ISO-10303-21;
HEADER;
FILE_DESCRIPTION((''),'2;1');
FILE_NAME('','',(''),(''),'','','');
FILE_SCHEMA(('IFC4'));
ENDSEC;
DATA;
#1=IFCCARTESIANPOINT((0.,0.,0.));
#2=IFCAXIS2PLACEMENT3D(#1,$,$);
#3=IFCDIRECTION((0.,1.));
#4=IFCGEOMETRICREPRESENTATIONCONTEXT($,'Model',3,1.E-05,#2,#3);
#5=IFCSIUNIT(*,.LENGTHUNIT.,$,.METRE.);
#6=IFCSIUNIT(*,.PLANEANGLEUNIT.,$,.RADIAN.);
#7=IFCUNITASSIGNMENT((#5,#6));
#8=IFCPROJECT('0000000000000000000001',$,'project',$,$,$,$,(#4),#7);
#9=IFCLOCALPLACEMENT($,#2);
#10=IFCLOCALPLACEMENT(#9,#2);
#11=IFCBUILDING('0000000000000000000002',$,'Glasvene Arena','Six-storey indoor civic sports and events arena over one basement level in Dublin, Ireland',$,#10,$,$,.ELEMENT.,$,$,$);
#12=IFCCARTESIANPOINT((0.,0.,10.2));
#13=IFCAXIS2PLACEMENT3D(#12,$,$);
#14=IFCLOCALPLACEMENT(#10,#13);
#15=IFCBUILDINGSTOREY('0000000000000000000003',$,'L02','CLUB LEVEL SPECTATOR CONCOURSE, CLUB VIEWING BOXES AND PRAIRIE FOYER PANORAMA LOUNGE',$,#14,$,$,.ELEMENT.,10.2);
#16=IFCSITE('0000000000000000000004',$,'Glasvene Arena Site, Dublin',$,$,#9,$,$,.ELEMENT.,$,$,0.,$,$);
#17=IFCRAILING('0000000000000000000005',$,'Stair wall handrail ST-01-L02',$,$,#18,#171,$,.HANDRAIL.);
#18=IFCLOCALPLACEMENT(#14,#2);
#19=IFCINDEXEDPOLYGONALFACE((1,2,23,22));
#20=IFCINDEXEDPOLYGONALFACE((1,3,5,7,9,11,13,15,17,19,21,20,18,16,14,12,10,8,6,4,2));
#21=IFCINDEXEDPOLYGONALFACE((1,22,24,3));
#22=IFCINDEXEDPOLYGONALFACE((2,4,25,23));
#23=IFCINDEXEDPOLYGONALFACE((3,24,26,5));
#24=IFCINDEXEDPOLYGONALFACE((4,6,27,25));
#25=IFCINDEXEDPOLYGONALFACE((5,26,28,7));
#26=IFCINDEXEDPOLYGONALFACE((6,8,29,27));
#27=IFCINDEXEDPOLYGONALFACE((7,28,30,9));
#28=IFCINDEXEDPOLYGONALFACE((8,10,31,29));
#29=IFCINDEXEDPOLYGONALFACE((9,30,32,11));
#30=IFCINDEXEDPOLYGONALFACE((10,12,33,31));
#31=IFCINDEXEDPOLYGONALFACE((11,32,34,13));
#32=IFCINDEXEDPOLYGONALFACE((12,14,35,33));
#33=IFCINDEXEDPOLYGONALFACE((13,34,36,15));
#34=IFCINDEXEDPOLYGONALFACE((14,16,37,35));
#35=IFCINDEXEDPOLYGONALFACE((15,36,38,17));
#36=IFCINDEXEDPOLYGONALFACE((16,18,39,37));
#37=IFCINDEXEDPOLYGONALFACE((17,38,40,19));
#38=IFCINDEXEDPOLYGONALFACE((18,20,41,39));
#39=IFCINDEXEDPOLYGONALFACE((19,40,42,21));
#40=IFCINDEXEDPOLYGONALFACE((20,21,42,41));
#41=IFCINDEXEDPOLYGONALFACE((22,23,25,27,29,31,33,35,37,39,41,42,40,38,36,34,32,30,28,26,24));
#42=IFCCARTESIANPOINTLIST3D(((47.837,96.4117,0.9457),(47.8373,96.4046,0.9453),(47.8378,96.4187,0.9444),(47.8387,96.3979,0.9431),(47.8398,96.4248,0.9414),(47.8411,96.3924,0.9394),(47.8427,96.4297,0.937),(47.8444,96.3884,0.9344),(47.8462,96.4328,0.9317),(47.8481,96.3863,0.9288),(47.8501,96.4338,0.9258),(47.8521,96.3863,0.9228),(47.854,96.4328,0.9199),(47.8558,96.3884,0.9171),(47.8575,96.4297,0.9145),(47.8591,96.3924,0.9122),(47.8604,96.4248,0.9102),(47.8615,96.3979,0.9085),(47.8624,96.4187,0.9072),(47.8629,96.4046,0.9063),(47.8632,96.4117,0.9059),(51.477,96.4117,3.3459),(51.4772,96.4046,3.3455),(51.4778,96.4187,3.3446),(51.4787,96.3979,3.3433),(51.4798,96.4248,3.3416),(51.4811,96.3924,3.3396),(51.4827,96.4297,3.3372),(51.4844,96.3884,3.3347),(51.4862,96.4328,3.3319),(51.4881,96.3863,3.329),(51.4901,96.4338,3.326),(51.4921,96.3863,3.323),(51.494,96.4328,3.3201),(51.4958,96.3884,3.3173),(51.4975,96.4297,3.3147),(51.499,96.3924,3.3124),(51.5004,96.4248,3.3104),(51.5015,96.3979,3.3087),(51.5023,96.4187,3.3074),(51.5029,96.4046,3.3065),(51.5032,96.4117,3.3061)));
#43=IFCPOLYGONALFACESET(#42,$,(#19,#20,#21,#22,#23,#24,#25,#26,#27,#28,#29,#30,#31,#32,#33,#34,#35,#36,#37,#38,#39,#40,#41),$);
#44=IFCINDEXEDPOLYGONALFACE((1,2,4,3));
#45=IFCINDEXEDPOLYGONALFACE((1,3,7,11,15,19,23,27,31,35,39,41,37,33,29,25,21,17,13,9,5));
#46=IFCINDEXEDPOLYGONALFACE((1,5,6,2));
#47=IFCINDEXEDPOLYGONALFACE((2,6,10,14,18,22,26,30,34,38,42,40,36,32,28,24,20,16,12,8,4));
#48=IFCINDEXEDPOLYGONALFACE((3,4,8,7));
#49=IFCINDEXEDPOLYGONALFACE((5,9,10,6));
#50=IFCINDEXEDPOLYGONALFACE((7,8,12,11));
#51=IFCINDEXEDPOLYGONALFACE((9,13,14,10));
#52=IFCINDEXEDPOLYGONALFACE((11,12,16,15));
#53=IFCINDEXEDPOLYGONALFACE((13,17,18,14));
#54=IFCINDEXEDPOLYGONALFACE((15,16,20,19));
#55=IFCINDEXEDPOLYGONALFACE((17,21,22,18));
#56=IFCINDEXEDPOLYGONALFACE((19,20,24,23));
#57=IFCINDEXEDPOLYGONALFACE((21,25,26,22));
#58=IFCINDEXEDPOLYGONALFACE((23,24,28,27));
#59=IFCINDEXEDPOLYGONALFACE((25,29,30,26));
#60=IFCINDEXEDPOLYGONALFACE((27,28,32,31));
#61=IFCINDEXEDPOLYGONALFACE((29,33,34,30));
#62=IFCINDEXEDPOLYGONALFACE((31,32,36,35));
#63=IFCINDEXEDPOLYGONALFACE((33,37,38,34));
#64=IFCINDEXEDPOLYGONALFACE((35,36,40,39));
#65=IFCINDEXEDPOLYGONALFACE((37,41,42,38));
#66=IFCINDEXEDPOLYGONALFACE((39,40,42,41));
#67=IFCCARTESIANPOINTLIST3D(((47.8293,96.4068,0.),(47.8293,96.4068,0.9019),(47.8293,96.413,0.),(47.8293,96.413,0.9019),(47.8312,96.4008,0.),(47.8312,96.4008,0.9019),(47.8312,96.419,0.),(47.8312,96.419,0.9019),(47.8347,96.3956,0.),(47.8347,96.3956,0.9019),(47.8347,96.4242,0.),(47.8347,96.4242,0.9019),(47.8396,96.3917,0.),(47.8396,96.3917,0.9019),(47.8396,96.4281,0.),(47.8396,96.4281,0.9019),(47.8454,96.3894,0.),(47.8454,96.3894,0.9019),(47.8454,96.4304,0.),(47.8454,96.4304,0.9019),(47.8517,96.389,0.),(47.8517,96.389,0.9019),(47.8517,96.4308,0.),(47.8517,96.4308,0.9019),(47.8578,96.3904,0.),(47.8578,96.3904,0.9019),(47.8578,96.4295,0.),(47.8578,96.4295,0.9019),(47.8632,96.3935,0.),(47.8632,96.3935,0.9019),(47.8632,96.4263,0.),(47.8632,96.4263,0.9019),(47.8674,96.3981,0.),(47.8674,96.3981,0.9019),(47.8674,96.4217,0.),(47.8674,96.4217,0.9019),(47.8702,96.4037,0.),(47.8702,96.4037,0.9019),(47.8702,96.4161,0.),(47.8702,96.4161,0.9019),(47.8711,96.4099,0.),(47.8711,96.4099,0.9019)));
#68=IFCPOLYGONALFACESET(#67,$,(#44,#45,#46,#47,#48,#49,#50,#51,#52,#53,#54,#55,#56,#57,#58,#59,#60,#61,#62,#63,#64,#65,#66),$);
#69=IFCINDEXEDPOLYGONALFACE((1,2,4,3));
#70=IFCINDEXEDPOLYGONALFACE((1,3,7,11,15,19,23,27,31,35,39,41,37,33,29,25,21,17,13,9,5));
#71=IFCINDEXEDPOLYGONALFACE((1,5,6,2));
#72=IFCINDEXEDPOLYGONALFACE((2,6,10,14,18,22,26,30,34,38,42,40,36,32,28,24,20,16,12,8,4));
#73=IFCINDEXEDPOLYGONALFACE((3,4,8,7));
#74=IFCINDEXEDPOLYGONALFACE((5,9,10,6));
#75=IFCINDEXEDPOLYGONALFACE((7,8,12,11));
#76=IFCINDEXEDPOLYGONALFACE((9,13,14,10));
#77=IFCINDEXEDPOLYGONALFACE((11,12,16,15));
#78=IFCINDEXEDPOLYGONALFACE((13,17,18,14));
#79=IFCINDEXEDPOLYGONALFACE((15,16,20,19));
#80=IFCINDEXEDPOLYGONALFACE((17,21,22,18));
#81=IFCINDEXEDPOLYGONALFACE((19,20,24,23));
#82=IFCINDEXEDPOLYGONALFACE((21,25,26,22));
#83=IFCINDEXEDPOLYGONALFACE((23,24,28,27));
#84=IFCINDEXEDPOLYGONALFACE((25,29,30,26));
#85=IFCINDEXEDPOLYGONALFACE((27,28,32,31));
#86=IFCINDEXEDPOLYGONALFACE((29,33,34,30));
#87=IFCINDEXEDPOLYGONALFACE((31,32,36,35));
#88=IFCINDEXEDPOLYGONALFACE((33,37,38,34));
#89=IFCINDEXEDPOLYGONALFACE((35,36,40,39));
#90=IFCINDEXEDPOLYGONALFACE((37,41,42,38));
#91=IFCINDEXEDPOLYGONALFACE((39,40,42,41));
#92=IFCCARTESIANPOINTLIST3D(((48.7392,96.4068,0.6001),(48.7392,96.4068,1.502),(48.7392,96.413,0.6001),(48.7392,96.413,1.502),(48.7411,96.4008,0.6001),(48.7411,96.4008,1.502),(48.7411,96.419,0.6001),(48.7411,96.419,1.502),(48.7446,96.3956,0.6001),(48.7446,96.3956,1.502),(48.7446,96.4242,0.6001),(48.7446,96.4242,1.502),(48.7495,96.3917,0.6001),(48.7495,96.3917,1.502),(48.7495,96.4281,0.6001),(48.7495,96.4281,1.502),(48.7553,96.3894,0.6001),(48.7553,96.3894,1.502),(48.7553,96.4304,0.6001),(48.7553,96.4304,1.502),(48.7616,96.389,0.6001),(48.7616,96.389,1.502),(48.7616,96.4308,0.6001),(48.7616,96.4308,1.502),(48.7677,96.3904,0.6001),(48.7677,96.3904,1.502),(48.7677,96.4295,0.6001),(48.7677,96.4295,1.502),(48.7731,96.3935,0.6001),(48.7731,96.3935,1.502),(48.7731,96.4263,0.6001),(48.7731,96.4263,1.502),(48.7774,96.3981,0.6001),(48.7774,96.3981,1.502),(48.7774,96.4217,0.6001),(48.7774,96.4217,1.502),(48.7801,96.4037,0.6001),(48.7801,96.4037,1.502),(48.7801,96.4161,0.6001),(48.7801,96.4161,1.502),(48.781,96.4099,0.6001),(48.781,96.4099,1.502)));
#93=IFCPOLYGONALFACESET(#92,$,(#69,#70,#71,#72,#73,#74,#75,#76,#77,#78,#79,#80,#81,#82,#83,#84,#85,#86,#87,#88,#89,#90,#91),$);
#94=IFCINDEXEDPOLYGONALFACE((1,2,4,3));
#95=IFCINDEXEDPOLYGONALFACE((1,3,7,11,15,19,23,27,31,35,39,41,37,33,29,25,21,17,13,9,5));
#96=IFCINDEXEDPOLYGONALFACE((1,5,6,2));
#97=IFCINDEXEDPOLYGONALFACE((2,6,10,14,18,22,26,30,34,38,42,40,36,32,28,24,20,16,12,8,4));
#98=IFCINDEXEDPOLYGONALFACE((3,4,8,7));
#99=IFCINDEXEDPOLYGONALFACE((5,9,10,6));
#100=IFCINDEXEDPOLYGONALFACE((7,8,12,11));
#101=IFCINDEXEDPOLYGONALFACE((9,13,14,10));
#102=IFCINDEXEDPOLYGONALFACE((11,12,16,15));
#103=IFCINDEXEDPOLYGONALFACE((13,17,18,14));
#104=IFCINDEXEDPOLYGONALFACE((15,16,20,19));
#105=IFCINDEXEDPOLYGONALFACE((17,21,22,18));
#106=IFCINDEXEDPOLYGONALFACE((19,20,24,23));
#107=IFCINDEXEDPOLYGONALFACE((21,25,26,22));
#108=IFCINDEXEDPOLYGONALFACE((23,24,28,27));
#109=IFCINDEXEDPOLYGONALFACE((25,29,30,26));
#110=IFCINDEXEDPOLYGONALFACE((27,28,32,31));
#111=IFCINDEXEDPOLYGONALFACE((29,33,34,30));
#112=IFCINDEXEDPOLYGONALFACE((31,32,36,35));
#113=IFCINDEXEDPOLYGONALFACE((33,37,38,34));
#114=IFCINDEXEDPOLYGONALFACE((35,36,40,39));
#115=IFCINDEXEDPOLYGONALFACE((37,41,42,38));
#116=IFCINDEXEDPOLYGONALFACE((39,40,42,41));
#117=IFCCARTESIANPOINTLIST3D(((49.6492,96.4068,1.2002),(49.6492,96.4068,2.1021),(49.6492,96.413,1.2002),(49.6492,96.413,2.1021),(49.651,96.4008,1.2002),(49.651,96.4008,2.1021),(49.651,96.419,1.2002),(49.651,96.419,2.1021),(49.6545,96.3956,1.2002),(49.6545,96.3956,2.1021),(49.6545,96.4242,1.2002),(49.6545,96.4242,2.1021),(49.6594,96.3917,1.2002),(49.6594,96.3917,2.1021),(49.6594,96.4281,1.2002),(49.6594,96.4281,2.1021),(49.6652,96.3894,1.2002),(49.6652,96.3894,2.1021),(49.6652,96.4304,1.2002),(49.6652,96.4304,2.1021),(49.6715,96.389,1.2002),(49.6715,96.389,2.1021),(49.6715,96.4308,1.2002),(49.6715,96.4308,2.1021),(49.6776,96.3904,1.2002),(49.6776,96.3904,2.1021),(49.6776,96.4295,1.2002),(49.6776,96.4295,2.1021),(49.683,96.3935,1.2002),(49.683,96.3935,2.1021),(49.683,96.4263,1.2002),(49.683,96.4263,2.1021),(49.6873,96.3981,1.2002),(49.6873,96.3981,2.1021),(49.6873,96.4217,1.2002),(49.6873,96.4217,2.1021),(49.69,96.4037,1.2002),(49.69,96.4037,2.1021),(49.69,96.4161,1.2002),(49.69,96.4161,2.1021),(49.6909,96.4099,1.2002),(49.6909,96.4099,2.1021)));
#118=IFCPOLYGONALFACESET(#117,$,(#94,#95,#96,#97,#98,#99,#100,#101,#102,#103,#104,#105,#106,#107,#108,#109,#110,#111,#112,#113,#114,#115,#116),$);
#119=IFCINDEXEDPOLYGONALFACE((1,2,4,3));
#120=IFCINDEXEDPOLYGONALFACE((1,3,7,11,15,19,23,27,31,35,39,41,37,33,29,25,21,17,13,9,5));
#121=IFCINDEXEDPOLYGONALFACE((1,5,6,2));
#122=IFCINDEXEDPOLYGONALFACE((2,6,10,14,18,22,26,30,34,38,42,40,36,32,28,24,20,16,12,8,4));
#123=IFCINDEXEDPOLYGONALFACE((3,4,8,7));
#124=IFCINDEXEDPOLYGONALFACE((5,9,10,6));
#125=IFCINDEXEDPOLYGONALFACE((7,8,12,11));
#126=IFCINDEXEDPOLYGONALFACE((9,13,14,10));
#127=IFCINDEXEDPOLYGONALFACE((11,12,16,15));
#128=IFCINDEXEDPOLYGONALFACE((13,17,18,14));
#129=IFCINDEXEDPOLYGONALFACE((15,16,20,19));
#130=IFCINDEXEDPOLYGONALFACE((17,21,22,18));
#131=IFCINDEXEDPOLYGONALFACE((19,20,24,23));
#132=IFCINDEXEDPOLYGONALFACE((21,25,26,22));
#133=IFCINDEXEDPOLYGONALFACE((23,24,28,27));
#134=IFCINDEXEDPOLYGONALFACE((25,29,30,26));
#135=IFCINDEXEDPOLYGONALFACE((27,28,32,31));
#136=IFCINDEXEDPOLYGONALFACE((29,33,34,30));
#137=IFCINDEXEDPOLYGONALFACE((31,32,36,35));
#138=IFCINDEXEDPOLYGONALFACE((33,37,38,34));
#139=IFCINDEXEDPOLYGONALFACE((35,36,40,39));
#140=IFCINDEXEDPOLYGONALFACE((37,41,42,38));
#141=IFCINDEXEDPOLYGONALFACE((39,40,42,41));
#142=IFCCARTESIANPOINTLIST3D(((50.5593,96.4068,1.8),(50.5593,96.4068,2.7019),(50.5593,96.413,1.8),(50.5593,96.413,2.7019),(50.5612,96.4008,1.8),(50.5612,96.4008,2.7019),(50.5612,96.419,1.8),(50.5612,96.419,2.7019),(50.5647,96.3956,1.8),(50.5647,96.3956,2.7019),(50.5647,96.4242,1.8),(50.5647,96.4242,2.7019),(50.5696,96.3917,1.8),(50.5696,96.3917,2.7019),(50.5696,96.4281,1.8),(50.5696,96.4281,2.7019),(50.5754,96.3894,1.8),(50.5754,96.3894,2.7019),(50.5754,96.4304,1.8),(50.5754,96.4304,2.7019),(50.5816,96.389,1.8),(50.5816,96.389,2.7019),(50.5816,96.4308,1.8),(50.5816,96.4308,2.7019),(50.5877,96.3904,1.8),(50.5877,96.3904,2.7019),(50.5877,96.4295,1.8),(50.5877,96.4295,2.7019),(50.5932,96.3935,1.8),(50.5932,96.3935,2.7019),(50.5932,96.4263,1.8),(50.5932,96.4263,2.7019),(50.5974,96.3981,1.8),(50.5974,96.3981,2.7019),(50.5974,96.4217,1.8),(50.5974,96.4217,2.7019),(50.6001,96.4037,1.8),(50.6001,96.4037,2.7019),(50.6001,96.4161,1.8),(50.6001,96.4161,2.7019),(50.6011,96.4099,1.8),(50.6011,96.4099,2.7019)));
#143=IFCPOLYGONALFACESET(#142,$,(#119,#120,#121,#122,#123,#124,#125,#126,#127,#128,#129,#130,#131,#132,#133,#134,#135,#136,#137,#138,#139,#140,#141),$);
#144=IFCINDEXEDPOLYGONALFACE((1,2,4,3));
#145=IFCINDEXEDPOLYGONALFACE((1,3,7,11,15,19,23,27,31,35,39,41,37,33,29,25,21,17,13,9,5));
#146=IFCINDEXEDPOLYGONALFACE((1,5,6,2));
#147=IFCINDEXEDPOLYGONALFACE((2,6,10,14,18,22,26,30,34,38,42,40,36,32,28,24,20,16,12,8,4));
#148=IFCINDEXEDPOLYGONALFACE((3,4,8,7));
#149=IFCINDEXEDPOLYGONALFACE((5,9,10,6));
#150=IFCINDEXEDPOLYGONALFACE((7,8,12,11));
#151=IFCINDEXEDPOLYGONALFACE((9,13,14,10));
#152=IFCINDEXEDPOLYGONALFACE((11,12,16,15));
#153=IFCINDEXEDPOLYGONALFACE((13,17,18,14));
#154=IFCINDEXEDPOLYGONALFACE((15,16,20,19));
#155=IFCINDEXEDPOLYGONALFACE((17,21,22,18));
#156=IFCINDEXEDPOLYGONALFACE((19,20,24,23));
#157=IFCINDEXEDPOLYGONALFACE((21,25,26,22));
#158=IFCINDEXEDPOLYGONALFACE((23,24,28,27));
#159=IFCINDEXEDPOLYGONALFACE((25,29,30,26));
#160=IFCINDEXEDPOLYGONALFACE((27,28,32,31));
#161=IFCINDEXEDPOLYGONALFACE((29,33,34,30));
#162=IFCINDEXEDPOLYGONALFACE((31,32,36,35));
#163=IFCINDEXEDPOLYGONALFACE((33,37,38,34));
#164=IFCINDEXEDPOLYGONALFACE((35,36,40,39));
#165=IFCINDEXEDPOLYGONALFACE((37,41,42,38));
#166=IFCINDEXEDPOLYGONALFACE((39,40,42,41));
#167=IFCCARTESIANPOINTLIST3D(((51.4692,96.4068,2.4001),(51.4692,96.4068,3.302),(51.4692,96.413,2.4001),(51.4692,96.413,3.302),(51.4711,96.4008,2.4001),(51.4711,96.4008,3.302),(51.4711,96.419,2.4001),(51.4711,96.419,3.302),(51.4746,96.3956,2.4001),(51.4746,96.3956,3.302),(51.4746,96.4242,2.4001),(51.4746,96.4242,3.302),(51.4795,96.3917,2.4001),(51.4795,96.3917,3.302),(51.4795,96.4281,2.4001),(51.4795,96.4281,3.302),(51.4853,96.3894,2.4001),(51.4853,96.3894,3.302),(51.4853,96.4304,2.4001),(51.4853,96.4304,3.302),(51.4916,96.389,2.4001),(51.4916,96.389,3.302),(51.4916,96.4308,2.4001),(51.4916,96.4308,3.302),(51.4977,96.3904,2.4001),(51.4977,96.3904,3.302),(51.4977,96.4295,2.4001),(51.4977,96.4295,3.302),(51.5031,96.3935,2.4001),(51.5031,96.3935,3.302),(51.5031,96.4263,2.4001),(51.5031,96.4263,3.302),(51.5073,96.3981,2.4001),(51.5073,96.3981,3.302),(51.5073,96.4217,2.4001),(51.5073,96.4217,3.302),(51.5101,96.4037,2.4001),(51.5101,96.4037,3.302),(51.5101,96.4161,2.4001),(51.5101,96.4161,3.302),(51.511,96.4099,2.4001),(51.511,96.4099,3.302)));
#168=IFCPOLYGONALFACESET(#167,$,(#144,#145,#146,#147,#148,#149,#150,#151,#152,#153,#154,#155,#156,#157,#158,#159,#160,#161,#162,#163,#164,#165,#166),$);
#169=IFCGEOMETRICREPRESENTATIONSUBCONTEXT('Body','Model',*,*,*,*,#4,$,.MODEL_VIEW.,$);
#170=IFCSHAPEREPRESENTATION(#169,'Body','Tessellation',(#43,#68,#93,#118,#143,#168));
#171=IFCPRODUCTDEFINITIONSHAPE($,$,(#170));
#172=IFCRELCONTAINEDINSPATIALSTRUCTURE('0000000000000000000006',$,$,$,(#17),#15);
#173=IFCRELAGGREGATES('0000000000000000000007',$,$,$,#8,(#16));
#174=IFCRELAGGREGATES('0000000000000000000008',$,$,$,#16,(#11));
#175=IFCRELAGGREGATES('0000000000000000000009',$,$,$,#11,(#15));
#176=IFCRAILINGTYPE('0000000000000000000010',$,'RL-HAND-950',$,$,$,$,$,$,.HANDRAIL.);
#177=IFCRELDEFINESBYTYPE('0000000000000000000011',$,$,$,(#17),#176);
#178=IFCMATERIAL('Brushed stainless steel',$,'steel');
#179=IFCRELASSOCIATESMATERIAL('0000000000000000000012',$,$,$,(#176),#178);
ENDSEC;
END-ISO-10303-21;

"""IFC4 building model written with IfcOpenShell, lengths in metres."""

from ifc_helpers import new_model, si_unit, direction, frame, origin, origin_2d, place, context, subcontext, project, spatial, circle, extrude, material, type_object, element, save


model = new_model("IFC4")

# Units and contexts
model_context = context("Model", 3, precision=1e-05, world=origin(), true_north=direction((0.0, 1.0)))
body_context = subcontext(model_context, "Body", "Model", "MODEL_VIEW")
ifc_project = project(units=[si_unit("LENGTHUNIT", "METRE"), si_unit("PLANEANGLEUNIT", "RADIAN")], contexts=[model_context])

# Site, building, storey
site_placement = place(None, origin())
site = spatial("IfcSite", under=ifc_project, at=site_placement, Name="Glasvene Arena Site, Dublin", CompositionType="ELEMENT", RefElevation=0.0)
building_placement = place(site_placement, origin())
building = spatial("IfcBuilding", under=site, at=building_placement, Name="Glasvene Arena", Description="Six-storey indoor civic sports and events arena over one basement level in Dublin, Ireland", CompositionType="ELEMENT")
storey_placement = place(building_placement, frame((0.0, 0.0, 10.2)))
storey = spatial("IfcBuildingStorey", under=building, at=storey_placement, Name="L02", Description="CLUB LEVEL SPECTATOR CONCOURSE, CLUB VIEWING BOXES AND PRAIRIE FOYER PANORAMA LOUNGE", CompositionType="ELEMENT", Elevation=10.2)

# Shared definitions
ifc_material_1 = material(Name="Brushed stainless steel", Category="steel")

# Railing
railing_type_1 = type_object("IfcRailingType", Name="RL-HAND-950", PredefinedType="HANDRAIL", material=ifc_material_1)
railing_1_placement = place(storey_placement, frame((47.8501, 96.4099, 0.0)))
element("IfcRailing", 1, at=railing_1_placement, inside=storey, type_object=railing_type_1, Name="Stair wall handrail ST-01-L02", PredefinedType="HANDRAIL", context=body_context, shape_type="SweptSolid", body=[
    extrude(circle(Radius=0.0239, at=origin_2d()), frame((0.0, 0.0, 0.9258), z_axis=(0.834839, 0.0, 0.550493), x_axis=(0.0, 1.0, 0.0)), (0.0, 0.0, 1.0), 4.3601),
    extrude(circle(Radius=0.021, at=origin_2d()), origin(), (0.0, 0.0, 1.0), 0.9019),
    extrude(circle(Radius=0.021, at=origin_2d()), frame((0.9099, 0.0, 0.6001)), (0.0, 0.0, 1.0), 0.9019),
    extrude(circle(Radius=0.021, at=origin_2d()), frame((1.8198, 0.0, 1.2002)), (0.0, 0.0, 1.0), 0.9019),
    extrude(circle(Radius=0.021, at=origin_2d()), frame((2.73, 0.0, 1.8)), (0.0, 0.0, 1.0), 0.9019),
    extrude(circle(Radius=0.021, at=origin_2d()), frame((3.6399, 0.0, 2.4001)), (0.0, 0.0, 1.0), 0.9019),
])

save(model, "model.ifc")
